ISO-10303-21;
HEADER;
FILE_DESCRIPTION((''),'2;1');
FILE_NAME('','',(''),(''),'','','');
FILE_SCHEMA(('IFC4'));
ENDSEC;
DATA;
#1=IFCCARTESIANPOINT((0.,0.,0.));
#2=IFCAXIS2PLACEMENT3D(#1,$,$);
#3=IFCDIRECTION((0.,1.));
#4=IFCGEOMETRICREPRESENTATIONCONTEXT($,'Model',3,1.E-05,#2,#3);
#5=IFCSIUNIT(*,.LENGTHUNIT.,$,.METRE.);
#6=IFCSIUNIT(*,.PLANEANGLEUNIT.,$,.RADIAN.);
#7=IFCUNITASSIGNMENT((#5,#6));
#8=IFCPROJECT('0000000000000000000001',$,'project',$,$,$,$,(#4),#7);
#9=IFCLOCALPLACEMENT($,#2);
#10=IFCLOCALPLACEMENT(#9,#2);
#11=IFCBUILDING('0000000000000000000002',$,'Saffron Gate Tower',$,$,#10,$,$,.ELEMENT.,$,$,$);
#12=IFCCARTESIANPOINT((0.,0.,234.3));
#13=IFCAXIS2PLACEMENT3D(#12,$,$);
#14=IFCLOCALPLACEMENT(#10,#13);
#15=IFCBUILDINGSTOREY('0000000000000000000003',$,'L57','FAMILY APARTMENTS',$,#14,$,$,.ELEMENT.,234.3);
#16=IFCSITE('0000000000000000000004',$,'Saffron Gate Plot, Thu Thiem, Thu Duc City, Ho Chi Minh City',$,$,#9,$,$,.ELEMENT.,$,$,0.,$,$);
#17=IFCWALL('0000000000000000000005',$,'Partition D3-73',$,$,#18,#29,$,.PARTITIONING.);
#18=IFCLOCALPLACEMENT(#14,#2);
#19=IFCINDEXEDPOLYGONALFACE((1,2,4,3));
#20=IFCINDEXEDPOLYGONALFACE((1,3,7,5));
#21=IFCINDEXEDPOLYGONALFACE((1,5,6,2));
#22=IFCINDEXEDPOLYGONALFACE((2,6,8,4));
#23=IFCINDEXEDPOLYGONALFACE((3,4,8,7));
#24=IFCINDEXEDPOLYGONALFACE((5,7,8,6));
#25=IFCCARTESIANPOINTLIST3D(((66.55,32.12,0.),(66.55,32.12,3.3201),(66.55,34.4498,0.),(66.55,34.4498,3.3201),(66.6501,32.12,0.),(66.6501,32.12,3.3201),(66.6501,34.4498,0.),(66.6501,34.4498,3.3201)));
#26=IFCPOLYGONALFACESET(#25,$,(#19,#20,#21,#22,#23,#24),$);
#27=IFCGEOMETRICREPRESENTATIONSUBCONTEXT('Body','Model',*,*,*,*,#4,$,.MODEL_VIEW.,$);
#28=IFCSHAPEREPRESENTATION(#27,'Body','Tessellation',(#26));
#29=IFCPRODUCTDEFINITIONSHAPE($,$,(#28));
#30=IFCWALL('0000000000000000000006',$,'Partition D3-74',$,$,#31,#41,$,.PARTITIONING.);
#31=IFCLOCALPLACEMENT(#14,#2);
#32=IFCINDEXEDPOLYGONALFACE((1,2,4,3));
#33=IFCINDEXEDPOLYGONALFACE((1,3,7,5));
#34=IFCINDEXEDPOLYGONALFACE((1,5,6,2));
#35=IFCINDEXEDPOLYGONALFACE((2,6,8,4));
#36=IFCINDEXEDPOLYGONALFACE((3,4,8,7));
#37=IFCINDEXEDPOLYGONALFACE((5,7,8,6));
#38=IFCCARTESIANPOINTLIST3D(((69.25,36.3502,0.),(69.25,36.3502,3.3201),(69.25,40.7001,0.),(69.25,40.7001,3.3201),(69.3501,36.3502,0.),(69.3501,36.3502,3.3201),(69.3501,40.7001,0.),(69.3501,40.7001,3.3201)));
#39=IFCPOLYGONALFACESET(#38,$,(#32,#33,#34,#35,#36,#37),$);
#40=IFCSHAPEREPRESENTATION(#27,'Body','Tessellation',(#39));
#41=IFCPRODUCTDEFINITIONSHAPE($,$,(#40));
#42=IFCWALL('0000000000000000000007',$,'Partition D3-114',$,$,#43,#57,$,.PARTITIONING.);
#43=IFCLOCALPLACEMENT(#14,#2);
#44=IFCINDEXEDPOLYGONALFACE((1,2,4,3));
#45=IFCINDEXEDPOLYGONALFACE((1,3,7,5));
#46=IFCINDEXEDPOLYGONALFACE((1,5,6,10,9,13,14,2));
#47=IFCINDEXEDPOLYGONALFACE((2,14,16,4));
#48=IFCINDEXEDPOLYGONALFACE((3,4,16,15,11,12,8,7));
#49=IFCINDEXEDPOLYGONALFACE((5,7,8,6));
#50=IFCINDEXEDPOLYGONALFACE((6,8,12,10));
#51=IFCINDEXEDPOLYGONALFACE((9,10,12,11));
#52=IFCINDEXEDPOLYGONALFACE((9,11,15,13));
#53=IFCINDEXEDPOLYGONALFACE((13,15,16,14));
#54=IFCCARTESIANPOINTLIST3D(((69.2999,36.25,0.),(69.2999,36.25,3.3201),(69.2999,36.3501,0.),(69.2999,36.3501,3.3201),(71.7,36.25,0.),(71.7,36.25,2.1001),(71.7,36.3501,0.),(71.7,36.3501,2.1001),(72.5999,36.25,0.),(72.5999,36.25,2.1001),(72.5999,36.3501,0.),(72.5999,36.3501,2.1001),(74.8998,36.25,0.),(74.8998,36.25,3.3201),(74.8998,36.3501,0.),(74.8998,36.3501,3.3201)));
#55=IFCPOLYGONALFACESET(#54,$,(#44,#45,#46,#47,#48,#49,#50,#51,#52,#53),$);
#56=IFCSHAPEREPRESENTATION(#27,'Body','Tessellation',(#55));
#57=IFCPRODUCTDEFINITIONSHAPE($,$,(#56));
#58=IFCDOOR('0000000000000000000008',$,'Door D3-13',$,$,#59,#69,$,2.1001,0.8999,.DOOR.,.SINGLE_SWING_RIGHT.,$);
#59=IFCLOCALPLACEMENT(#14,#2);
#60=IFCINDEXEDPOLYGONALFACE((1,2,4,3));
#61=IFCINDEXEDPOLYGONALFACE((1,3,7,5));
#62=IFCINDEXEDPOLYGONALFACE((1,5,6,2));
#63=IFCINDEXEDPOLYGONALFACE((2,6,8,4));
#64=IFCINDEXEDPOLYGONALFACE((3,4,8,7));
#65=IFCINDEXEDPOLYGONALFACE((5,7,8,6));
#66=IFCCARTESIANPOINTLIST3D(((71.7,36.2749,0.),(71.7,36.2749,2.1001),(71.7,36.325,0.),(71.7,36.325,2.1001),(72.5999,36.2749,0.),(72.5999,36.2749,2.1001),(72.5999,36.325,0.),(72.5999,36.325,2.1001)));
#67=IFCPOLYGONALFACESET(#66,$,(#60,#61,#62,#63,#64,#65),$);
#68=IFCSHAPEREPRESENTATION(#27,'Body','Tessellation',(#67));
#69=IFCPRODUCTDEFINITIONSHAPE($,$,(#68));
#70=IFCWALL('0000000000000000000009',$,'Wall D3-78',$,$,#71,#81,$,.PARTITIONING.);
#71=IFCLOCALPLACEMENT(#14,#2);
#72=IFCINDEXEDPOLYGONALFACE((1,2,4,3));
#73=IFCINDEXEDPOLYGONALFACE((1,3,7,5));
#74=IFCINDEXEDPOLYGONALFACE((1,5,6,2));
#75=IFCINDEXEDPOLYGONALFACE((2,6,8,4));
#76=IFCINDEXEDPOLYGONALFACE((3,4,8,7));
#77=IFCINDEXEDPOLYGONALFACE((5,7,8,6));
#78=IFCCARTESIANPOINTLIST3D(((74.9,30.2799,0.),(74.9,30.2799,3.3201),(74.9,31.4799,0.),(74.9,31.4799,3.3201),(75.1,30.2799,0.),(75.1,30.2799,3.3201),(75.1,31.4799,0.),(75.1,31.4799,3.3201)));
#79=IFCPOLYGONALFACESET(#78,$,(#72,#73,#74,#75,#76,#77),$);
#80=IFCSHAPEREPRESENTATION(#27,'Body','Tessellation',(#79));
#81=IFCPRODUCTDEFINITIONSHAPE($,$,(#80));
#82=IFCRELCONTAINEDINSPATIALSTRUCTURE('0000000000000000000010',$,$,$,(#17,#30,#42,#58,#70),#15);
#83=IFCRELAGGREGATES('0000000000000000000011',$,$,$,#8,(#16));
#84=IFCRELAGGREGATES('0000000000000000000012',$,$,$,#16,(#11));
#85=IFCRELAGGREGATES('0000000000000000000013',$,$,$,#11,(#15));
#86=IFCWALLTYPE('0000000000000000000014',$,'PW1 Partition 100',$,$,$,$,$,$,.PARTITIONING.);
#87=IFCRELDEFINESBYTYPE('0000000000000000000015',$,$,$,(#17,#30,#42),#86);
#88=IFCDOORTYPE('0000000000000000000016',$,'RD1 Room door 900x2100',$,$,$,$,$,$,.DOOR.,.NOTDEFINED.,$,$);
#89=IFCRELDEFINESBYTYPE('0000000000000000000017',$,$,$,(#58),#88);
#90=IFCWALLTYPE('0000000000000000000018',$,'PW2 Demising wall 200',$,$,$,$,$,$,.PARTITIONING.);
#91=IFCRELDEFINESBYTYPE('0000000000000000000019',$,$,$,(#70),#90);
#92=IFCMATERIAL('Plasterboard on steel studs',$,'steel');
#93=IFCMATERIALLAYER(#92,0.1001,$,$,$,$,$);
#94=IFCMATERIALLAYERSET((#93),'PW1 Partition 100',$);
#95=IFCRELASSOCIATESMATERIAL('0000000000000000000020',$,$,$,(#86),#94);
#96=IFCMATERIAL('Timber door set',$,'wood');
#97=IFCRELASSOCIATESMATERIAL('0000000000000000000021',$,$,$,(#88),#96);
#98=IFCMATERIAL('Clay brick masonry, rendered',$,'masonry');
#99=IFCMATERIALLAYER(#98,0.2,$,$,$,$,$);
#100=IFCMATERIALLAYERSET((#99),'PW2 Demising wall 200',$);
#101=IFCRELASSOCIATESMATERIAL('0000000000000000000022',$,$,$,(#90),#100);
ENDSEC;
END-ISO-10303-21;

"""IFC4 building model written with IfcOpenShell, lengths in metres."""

from ifc_helpers import new_model, si_unit, direction, frame, frame_2d, origin, place, context, subcontext, project, spatial, rectangle, extrude, material, layer, layer_set, type_object, element, fill, save


model = new_model("IFC4")

# Units and contexts
model_context = context("Model", 3, precision=1e-05, world=origin(), true_north=direction((0.0, 1.0)))
body_context = subcontext(model_context, "Body", "Model", "MODEL_VIEW")
ifc_project = project(units=[si_unit("LENGTHUNIT", "METRE"), si_unit("PLANEANGLEUNIT", "RADIAN")], contexts=[model_context])

# Site, building, storey
site_placement = place(None, origin())
site = spatial("IfcSite", under=ifc_project, at=site_placement, Name="Saffron Gate Plot, Thu Thiem, Thu Duc City, Ho Chi Minh City", CompositionType="ELEMENT", RefElevation=0.0)
building_placement = place(site_placement, origin())
building = spatial("IfcBuilding", under=site, at=building_placement, Name="Saffron Gate Tower", CompositionType="ELEMENT")
storey_placement = place(building_placement, frame((0.0, 0.0, 234.3)))
storey = spatial("IfcBuildingStorey", under=building, at=storey_placement, Name="L57", Description="FAMILY APARTMENTS", CompositionType="ELEMENT", Elevation=234.3)

# Shared definitions
ifc_material_1 = material(Name="Plasterboard on steel studs", Category="steel")
ifc_layer_1 = layer(ifc_material_1, 0.1001)
ifc_layer_set_1 = layer_set([ifc_layer_1], Name="PW1 Partition 100")
wall_type_1 = type_object("IfcWallType", Name="PW1 Partition 100", PredefinedType="PARTITIONING", material=ifc_layer_set_1)
ifc_material_2 = material(Name="Timber door set", Category="wood")
door_type = type_object("IfcDoorType", Name="RD1 Room door 900x2100", OperationType="NOTDEFINED", PredefinedType="DOOR", material=ifc_material_2)

# Walls
wall_1_placement = place(storey_placement, frame((66.6001, 34.45, 0.0), z_axis=(0.0, 0.0, 1.0), x_axis=(0.0, -1.0, 0.0)))
element("IfcWall", 1, at=wall_1_placement, inside=storey, type_object=wall_type_1, Name="Partition D3-73", PredefinedType="PARTITIONING", context=body_context, shape_type="SweptSolid", body=[
    extrude(rectangle(XDim=2.3298, YDim=0.1001, at=frame_2d((1.165, 0.0))), origin(), (0.0, 0.0, 1.0), 3.3201),
])
wall_2_placement = place(storey_placement, frame((69.3, 40.7, 0.0), z_axis=(0.0, 0.0, 1.0), x_axis=(0.0, -1.0, 0.0)))
element("IfcWall", 2, at=wall_2_placement, inside=storey, type_object=wall_type_1, Name="Partition D3-74", PredefinedType="PARTITIONING", context=body_context, shape_type="SweptSolid", body=[
    extrude(rectangle(XDim=4.3499, YDim=0.1001, at=frame_2d((2.1748, 0.0))), origin(), (0.0, 0.0, 1.0), 3.3201),
])

# Wall, opening, door
wall_3_placement = place(storey_placement, frame((69.3, 36.3, 0.0), z_axis=(0.0, 0.0, 1.0), x_axis=(1.0, 0.0, 0.0)))
wall_3 = element("IfcWall", 3, at=wall_3_placement, inside=storey, type_object=wall_type_1, Name="Partition D3-114", PredefinedType="PARTITIONING", context=body_context, shape_type="SweptSolid", body=[
    extrude(rectangle(XDim=5.5999, YDim=0.1001, at=frame_2d((2.7998, 0.0))), origin(), (0.0, 0.0, 1.0), 3.3201),
])
opening_1_placement = place(wall_3_placement, frame((2.3999, 0.0, 0.0)))
opening_1 = element("IfcOpeningElement", 4, at=opening_1_placement, cuts=wall_3, PredefinedType="OPENING", context=body_context, shape_type="SweptSolid", body=[
    extrude(rectangle(XDim=0.8999, YDim=2.1001, at=frame_2d((0.45, 1.05))), frame((0.0, 0.0601, 0.0), z_axis=(0.0, -1.0, 0.0), x_axis=(1.0, 0.0, 0.0)), (0.0, 0.0, 1.0), 0.1201),
])
door_1_placement = place(opening_1_placement, origin())
door_1 = element("IfcDoor", 5, at=door_1_placement, inside=storey, type_object=door_type, Name="Door D3-13", OperationType="SINGLE_SWING_RIGHT", OverallHeight=2.1001, OverallWidth=0.8999, PredefinedType="DOOR", context=body_context, shape_type="SweptSolid", body=[
    extrude(rectangle(XDim=0.8999, YDim=2.1001, at=frame_2d((0.45, 1.05))), frame((0.0, 0.0249, 0.0), z_axis=(0.0, -1.0, 0.0), x_axis=(1.0, 0.0, 0.0)), (0.0, 0.0, 1.0), 0.05),
])
fill(opening_1, door_1)

# Wall
ifc_material_3 = material(Name="Clay brick masonry, rendered", Category="masonry")
ifc_layer_2 = layer(ifc_material_3, 0.2)
ifc_layer_set_2 = layer_set([ifc_layer_2], Name="PW2 Demising wall 200")
wall_type_2 = type_object("IfcWallType", Name="PW2 Demising wall 200", PredefinedType="PARTITIONING", material=ifc_layer_set_2)
wall_4_placement = place(storey_placement, frame((75.0, 31.48, 0.0), z_axis=(0.0, 0.0, 1.0), x_axis=(0.0, -1.0, 0.0)))
element("IfcWall", 6, at=wall_4_placement, inside=storey, type_object=wall_type_2, Name="Wall D3-78", PredefinedType="PARTITIONING", context=body_context, shape_type="SweptSolid", body=[
    extrude(rectangle(XDim=1.2, YDim=0.2, at=frame_2d((0.6001, 0.0))), origin(), (0.0, 0.0, 1.0), 3.3201),
])

save(model, "model.ifc")
